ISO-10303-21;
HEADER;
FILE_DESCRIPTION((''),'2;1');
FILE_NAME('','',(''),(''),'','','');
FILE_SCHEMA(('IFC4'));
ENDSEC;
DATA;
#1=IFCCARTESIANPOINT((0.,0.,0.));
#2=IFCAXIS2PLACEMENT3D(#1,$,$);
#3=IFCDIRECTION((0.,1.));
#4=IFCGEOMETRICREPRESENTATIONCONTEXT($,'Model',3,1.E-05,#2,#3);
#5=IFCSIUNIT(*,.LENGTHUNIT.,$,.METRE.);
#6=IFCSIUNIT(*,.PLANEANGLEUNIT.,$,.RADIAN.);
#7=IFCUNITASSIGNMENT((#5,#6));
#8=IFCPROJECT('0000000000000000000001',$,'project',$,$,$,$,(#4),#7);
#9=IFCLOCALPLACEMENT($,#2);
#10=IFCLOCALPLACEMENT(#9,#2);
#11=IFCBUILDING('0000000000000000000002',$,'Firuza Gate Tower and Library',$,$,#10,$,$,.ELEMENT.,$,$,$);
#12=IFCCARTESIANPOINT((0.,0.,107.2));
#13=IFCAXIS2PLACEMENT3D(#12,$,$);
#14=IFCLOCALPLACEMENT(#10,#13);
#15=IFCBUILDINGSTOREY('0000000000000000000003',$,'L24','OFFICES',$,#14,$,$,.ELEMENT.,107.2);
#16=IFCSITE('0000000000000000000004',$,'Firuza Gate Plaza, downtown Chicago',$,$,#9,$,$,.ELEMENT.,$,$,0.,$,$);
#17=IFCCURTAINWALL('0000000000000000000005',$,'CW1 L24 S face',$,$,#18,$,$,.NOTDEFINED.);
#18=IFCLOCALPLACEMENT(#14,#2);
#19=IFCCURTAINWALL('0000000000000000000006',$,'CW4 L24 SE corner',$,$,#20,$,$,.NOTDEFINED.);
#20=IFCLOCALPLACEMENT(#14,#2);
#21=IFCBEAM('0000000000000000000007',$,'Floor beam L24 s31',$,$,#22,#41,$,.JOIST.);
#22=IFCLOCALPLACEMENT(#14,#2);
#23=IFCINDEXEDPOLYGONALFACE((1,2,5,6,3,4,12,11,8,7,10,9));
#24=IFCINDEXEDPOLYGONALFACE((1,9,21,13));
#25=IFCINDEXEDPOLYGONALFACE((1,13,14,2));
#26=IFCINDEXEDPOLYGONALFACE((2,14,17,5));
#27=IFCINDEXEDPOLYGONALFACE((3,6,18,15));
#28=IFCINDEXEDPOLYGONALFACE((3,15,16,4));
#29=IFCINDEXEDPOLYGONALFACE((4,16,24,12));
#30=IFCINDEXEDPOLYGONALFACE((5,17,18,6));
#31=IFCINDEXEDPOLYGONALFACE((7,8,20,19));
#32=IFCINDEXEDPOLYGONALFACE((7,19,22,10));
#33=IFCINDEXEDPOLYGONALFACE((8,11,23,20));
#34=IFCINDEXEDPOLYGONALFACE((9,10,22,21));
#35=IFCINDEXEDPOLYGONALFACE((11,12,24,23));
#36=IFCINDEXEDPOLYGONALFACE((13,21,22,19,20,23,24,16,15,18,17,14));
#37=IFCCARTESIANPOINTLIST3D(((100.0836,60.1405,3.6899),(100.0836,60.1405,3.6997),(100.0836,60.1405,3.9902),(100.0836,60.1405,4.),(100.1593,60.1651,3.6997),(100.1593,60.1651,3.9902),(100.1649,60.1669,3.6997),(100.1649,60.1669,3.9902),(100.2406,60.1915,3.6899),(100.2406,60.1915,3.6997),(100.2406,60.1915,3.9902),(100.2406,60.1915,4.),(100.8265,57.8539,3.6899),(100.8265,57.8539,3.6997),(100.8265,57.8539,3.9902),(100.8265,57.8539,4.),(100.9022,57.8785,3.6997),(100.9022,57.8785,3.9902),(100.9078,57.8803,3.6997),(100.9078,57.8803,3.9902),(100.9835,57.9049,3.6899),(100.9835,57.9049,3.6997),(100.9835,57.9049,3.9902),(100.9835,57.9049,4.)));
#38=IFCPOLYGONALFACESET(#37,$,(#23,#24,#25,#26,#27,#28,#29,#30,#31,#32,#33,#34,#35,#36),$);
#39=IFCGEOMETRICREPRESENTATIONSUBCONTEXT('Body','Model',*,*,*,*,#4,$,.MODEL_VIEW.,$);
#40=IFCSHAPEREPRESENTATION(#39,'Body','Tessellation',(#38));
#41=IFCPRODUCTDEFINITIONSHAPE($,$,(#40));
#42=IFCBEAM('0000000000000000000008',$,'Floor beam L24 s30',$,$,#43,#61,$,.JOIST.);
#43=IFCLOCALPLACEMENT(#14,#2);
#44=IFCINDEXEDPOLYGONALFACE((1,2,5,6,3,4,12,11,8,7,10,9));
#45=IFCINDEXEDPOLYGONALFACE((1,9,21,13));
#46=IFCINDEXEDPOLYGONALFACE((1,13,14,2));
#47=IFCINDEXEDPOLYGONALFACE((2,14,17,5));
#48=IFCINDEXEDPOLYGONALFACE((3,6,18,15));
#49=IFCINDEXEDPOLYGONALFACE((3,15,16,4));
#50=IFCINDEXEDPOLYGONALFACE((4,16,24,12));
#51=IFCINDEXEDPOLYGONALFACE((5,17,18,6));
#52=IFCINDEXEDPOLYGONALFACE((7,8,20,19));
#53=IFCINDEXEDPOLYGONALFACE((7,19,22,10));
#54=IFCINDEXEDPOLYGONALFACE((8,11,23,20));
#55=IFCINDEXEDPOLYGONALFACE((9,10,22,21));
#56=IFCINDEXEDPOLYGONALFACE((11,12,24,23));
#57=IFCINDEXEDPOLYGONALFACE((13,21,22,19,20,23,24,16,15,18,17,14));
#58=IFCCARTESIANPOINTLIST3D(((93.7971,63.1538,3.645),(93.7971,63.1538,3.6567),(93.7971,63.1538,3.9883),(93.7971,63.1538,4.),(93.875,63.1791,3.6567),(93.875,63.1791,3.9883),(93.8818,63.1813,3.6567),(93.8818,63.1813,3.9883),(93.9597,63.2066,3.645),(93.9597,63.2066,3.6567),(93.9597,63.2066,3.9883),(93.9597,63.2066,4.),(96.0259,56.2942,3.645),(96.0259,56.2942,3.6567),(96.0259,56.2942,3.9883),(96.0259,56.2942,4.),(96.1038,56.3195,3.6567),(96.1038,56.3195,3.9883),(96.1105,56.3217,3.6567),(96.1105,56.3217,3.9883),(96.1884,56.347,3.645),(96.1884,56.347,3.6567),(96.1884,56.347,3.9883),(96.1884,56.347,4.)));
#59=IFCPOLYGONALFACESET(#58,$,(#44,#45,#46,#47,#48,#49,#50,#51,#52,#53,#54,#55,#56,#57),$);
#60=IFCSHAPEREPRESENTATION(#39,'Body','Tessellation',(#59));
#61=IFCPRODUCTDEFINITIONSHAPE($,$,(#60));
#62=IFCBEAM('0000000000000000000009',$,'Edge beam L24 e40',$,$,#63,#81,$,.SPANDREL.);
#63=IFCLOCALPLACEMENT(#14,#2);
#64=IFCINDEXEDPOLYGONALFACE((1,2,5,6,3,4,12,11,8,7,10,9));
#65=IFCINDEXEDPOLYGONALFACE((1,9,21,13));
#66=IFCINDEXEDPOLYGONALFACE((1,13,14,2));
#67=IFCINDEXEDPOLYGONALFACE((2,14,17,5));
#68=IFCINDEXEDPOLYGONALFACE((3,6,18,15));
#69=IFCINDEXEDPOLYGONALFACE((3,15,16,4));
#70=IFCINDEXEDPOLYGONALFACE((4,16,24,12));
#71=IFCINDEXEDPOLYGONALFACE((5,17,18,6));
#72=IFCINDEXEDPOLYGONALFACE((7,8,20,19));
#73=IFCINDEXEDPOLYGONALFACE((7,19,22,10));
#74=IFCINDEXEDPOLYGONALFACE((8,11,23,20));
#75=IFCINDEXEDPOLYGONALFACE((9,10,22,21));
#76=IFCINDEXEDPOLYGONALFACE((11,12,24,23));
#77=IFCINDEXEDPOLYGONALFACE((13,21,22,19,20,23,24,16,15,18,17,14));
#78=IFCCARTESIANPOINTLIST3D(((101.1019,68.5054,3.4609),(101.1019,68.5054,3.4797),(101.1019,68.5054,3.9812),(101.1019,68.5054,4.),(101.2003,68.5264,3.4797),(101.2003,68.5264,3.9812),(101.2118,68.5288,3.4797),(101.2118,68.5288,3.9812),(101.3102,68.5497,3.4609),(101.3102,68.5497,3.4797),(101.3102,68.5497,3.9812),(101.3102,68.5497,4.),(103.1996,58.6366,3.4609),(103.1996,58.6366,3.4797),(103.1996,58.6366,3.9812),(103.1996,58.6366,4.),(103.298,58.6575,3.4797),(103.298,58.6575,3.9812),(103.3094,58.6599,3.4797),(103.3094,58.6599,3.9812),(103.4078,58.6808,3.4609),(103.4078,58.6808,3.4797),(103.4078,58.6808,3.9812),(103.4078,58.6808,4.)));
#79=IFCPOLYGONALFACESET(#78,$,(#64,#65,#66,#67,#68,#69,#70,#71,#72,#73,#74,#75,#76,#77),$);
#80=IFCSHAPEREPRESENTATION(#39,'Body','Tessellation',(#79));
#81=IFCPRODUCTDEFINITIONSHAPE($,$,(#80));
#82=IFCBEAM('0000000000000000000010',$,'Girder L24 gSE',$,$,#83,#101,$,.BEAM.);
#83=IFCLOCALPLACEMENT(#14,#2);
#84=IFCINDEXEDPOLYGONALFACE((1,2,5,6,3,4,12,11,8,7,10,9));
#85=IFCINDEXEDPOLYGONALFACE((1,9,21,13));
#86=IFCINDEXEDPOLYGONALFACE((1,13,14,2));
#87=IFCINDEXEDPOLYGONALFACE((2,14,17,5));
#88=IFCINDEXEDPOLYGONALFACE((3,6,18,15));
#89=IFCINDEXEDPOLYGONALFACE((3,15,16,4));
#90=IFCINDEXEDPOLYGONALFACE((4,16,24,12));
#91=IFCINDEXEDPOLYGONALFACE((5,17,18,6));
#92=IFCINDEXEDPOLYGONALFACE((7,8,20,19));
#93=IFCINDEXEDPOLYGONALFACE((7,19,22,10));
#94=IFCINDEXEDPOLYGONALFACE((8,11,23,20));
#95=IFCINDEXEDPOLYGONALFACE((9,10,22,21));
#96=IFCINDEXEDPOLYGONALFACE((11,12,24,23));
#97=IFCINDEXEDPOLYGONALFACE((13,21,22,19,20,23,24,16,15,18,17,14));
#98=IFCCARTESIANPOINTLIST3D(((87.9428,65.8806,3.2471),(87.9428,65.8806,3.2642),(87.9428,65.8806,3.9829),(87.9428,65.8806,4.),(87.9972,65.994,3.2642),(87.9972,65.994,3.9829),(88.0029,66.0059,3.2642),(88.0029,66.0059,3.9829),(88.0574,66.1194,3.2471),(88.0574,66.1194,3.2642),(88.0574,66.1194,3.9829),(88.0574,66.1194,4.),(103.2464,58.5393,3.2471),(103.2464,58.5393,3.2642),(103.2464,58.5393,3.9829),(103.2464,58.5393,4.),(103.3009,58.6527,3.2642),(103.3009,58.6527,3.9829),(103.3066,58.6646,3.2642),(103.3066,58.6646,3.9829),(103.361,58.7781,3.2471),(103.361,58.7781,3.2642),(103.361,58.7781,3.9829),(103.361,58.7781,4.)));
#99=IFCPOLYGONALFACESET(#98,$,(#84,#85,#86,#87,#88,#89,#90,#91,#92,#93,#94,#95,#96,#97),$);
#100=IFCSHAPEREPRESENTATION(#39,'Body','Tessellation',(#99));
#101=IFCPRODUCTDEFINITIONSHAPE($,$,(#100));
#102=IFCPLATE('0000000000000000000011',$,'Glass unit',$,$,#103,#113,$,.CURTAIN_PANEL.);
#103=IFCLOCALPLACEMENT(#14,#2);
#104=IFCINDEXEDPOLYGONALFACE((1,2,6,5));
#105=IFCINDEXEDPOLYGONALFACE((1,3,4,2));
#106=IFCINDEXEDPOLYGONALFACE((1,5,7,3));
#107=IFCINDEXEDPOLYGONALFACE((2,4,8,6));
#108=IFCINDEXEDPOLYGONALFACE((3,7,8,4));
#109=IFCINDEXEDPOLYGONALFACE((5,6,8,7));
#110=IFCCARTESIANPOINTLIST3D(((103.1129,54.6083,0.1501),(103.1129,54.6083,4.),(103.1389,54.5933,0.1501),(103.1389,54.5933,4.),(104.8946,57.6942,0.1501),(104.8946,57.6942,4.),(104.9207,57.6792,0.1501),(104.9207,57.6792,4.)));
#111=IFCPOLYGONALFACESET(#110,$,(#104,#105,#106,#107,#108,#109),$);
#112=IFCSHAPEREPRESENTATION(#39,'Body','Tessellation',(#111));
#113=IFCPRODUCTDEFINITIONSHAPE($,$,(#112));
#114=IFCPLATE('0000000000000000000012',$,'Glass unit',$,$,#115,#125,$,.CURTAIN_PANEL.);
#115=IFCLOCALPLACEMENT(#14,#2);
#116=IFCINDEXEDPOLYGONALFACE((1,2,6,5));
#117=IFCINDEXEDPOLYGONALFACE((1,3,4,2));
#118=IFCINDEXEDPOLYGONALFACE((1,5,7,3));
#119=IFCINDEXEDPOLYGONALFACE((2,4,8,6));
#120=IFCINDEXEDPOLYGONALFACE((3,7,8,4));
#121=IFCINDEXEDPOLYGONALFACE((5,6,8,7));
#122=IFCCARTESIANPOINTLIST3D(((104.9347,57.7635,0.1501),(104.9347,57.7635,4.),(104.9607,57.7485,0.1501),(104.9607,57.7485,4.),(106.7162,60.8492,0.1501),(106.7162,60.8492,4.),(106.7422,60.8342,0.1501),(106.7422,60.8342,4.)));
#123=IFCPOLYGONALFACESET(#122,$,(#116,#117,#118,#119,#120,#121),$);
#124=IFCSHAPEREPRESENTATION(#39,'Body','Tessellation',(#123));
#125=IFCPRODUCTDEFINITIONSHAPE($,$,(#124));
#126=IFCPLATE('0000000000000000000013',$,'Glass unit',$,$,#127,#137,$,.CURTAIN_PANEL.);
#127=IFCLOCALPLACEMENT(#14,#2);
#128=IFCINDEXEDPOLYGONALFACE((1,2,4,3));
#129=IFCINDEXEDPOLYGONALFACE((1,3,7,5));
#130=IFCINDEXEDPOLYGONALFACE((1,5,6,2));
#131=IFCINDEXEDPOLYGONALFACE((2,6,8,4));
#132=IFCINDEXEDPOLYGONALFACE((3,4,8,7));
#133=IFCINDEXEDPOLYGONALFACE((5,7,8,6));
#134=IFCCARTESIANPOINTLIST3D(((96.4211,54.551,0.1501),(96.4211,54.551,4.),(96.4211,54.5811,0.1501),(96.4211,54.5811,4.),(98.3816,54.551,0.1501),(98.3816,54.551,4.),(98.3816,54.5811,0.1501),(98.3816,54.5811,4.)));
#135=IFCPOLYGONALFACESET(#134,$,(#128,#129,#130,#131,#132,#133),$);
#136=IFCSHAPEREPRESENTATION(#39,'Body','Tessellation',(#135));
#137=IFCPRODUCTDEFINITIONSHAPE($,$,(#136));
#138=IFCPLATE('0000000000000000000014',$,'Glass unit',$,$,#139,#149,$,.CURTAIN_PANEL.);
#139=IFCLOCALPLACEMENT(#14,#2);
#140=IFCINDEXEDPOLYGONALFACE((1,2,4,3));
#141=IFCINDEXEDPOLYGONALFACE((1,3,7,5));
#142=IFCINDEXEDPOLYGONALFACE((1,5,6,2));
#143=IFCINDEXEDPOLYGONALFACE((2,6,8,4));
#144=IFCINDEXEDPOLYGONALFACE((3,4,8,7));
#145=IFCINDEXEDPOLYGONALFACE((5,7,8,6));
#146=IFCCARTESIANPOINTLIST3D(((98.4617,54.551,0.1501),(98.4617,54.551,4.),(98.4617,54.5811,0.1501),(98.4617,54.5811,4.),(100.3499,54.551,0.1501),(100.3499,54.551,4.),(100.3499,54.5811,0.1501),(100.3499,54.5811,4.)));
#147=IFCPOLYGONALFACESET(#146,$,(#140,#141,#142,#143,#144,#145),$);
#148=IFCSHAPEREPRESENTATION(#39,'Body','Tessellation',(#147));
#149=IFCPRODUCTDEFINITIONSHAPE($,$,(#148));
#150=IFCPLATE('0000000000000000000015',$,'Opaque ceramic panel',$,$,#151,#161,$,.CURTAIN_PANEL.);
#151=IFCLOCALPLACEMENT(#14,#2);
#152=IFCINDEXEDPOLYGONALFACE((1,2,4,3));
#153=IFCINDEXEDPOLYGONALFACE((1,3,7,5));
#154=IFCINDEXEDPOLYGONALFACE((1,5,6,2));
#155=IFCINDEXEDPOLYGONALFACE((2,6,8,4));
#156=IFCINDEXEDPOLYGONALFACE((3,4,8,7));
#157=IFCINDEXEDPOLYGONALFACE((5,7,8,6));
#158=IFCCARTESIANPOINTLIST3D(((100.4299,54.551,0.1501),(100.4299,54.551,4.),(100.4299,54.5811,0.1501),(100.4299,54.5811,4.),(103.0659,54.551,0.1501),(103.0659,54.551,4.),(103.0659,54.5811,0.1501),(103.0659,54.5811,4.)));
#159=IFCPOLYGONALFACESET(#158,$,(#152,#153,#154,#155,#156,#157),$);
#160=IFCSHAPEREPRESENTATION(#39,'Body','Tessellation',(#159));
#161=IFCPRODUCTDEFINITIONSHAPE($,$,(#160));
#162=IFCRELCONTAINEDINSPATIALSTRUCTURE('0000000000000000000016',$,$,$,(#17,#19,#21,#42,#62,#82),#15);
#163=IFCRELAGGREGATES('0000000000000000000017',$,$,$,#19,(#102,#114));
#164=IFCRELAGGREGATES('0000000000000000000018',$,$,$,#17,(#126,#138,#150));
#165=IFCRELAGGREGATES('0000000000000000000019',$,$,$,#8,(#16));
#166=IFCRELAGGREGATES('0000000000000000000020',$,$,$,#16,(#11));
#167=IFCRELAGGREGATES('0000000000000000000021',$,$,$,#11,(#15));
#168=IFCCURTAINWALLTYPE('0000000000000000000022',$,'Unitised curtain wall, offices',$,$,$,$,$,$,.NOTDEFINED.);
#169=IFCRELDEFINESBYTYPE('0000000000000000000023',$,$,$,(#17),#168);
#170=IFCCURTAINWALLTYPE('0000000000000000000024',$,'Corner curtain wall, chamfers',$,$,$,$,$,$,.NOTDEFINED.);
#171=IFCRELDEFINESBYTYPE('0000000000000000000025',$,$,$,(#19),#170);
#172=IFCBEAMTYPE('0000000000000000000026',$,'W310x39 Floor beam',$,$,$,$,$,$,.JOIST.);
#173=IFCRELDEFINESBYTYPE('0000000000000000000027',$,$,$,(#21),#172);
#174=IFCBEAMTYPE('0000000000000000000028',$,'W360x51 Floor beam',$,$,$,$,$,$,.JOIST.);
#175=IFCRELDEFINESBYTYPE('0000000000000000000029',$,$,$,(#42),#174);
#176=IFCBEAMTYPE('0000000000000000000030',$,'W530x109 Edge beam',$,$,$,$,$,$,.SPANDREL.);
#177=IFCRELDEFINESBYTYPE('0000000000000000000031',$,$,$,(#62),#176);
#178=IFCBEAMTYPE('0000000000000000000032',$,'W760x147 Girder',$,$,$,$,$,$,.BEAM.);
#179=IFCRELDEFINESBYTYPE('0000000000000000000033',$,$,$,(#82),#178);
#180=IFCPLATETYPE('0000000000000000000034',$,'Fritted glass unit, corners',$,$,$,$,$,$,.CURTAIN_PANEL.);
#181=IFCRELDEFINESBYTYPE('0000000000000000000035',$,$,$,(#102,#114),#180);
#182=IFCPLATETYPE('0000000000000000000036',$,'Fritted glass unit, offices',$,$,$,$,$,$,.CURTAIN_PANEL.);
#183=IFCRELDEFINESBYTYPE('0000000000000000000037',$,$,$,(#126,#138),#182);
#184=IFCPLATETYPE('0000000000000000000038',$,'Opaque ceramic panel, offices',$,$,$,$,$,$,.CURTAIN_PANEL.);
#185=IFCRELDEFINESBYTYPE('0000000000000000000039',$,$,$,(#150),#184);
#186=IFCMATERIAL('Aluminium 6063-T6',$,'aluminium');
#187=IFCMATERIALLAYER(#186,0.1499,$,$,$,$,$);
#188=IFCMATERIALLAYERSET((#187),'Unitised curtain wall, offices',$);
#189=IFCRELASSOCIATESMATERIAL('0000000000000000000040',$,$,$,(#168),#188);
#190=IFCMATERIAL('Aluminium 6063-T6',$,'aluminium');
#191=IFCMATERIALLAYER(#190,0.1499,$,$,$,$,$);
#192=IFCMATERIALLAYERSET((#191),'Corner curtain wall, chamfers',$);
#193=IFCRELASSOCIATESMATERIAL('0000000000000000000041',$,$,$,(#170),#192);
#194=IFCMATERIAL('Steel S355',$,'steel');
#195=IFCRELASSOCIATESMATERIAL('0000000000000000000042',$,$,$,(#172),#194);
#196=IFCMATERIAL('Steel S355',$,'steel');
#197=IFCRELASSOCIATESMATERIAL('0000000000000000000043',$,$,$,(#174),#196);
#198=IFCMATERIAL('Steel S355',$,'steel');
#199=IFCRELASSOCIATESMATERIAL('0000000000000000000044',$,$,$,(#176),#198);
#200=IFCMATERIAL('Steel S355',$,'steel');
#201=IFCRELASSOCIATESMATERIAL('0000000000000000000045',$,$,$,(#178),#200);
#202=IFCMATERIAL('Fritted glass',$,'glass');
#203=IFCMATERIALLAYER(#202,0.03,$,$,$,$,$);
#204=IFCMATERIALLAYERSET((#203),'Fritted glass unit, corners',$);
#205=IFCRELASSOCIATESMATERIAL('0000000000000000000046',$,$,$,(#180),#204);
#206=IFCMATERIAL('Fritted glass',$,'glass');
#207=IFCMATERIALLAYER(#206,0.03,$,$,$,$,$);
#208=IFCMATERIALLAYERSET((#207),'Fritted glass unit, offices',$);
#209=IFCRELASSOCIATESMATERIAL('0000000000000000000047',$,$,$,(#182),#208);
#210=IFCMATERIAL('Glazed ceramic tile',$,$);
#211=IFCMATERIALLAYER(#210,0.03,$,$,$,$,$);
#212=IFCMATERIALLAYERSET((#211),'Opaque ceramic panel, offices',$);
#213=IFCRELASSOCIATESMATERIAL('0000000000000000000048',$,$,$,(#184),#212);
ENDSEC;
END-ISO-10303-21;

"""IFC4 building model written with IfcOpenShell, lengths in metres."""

from ifc_helpers import new_model, si_unit, direction, frame, origin, origin_2d, place, context, subcontext, project, spatial, polyline, i_section, outline, extrude, material, layer, layer_set, material_profile, profile_set, type_object, element, aggregate, save


model = new_model("IFC4")

# Units and contexts
model_context = context("Model", 3, precision=1e-05, world=origin(), true_north=direction((0.0, 1.0)))
body_context = subcontext(model_context, "Body", "Model", "MODEL_VIEW")
ifc_project = project(units=[si_unit("LENGTHUNIT", "METRE"), si_unit("PLANEANGLEUNIT", "RADIAN")], contexts=[model_context])

# Site, building, storey
site_placement = place(None, origin())
site = spatial("IfcSite", under=ifc_project, at=site_placement, Name="Firuza Gate Plaza, downtown Chicago", CompositionType="ELEMENT", RefElevation=0.0)
building_placement = place(site_placement, origin())
building = spatial("IfcBuilding", under=site, at=building_placement, Name="Firuza Gate Tower and Library", CompositionType="ELEMENT")
storey_placement = place(building_placement, frame((0.0, 0.0, 107.2)))
storey = spatial("IfcBuildingStorey", under=building, at=storey_placement, Name="L24", Description="OFFICES", CompositionType="ELEMENT", Elevation=107.2)

# Curtain walls
ifc_material_1 = material(Name="Aluminium 6063-T6", Category="aluminium")
ifc_layer_1 = layer(ifc_material_1, 0.1499)
ifc_layer_set_1 = layer_set([ifc_layer_1], Name="Unitised curtain wall, offices")
curtain_wall_type_1 = type_object("IfcCurtainWallType", Name="Unitised curtain wall, offices", PredefinedType="NOTDEFINED", material=ifc_layer_set_1)
placement = place(storey_placement, origin())
curtain_wall_1 = element("IfcCurtainWall", 1, at=placement, inside=storey, type_object=curtain_wall_type_1, Name="CW1 L24 S face", PredefinedType="NOTDEFINED")
ifc_material_2 = material(Name="Aluminium 6063-T6", Category="aluminium")
ifc_layer_2 = layer(ifc_material_2, 0.1499)
ifc_layer_set_2 = layer_set([ifc_layer_2], Name="Corner curtain wall, chamfers")
curtain_wall_type_2 = type_object("IfcCurtainWallType", Name="Corner curtain wall, chamfers", PredefinedType="NOTDEFINED", material=ifc_layer_set_2)
curtain_wall_2 = element("IfcCurtainWall", 2, at=placement, inside=storey, type_object=curtain_wall_type_2, Name="CW4 L24 SE corner", PredefinedType="NOTDEFINED")

# Beams
ifc_material_3 = material(Name="Steel S355", Category="steel")
ifc_material_profile_1 = material_profile(ifc_material_3, i_section(OverallWidth=0.165, OverallDepth=0.3101, WebThickness=0.0059, FlangeThickness=0.0098, at=origin_2d()))
ifc_profile_set_1 = profile_set([ifc_material_profile_1], Name="Steel S355")
beam_type_1 = type_object("IfcBeamType", Name="W310x39 Floor beam", PredefinedType="JOIST", material=ifc_profile_set_1)
beam_1_placement = place(storey_placement, frame((100.905, 57.8794, 3.845), z_axis=(-0.308999, 0.951062, 0.0), x_axis=(-0.951062, -0.308999, 0.0)))
element("IfcBeam", 3, at=beam_1_placement, inside=storey, type_object=beam_type_1, Name="Floor beam L24 s31", PredefinedType="JOIST", context=body_context, shape_type="SweptSolid", body=[
    extrude(i_section(OverallWidth=0.165, OverallDepth=0.3101, WebThickness=0.0059, FlangeThickness=0.0098, at=origin_2d()), origin(), (0.0, 0.0, 1.0), 2.4043),
])
ifc_material_4 = material(Name="Steel S355", Category="steel")
ifc_material_profile_2 = material_profile(ifc_material_4, i_section(OverallWidth=0.1709, OverallDepth=0.355, WebThickness=0.0071, FlangeThickness=0.0117, at=origin_2d()))
ifc_profile_set_2 = profile_set([ifc_material_profile_2], Name="Steel S355")
beam_type_2 = type_object("IfcBeamType", Name="W360x51 Floor beam", PredefinedType="JOIST", material=ifc_profile_set_2)
beam_2_placement = place(storey_placement, frame((96.1072, 56.3206, 3.8225), z_axis=(-0.309009, 0.951059, 0.0), x_axis=(-0.951059, -0.309009, 0.0)))
element("IfcBeam", 4, at=beam_2_placement, inside=storey, type_object=beam_type_2, Name="Floor beam L24 s30", PredefinedType="JOIST", context=body_context, shape_type="SweptSolid", body=[
    extrude(i_section(OverallWidth=0.1709, OverallDepth=0.355, WebThickness=0.0071, FlangeThickness=0.0117, at=origin_2d()), origin(), (0.0, 0.0, 1.0), 7.2126),
])
ifc_material_5 = material(Name="Steel S355", Category="steel")
ifc_material_profile_3 = material_profile(ifc_material_5, i_section(OverallWidth=0.2129, OverallDepth=0.5391, WebThickness=0.0117, FlangeThickness=0.0188, at=origin_2d()))
ifc_profile_set_3 = profile_set([ifc_material_profile_3], Name="Steel S355")
beam_type_3 = type_object("IfcBeamType", Name="W530x109 Edge beam", PredefinedType="SPANDREL", material=ifc_profile_set_3)
beam_3_placement = place(storey_placement, frame((103.3037, 58.6587, 3.7305), z_axis=(-0.207908, 0.978148, 0.0), x_axis=(-0.978148, -0.207908, 0.0)))
element("IfcBeam", 5, at=beam_3_placement, inside=storey, type_object=beam_type_3, Name="Edge beam L24 e40", PredefinedType="SPANDREL", context=body_context, shape_type="SweptSolid", body=[
    extrude(i_section(OverallWidth=0.2129, OverallDepth=0.5391, WebThickness=0.0117, FlangeThickness=0.0188, at=origin_2d()), origin(), (0.0, 0.0, 1.0), 10.0894),
])
ifc_material_6 = material(Name="Steel S355", Category="steel")
ifc_material_profile_4 = material_profile(ifc_material_6, i_section(OverallWidth=0.2649, OverallDepth=0.7529, WebThickness=0.0132, FlangeThickness=0.0171, at=origin_2d()))
ifc_profile_set_4 = profile_set([ifc_material_profile_4], Name="Steel S355")
beam_type_4 = type_object("IfcBeamType", Name="W760x147 Girder", PredefinedType="BEAM", material=ifc_profile_set_4)
beam_4_placement = place(storey_placement, frame((103.3037, 58.6587, 3.6235), z_axis=(-0.901626, 0.432517, 0.0), x_axis=(-0.432517, -0.901626, 0.0)))
element("IfcBeam", 6, at=beam_4_placement, inside=storey, type_object=beam_type_4, Name="Girder L24 gSE", PredefinedType="BEAM", context=body_context, shape_type="SweptSolid", body=[
    extrude(i_section(OverallWidth=0.2649, OverallDepth=0.7529, WebThickness=0.0132, FlangeThickness=0.0171, at=origin_2d()), origin(), (0.0, 0.0, 1.0), 16.9734),
])

# Plates
ifc_material_7 = material(Name="Fritted glass", Category="glass")
ifc_layer_3 = layer(ifc_material_7, 0.03)
ifc_layer_set_3 = layer_set([ifc_layer_3], Name="Fritted glass unit, corners")
plate_type_1 = type_object("IfcPlateType", Name="Fritted glass unit, corners", PredefinedType="CURTAIN_PANEL", material=ifc_layer_set_3)
plate_1_placement = place(storey_placement, frame((103.1389, 54.5933, 0.1501), z_axis=(0.866017, -0.500015, 0.0), x_axis=(0.500015, 0.866017, 0.0)))
plate_1 = element("IfcPlate", 7, at=plate_1_placement, type_object=plate_type_1, Name="Glass unit", PredefinedType="CURTAIN_PANEL", context=body_context, shape_type="SweptSolid", body=[
    extrude(outline(polyline([(0.0, 0.0), (3.5634, 0.0), (3.5634, 3.8499), (0.0, 3.8499), (0.0, 0.0)])), origin(), (0.0, 0.0, -1.0), 0.03),
])
plate_2_placement = place(storey_placement, frame((104.9607, 57.7485, 0.1501), z_axis=(0.866029, -0.499993, 0.0), x_axis=(0.499993, 0.866029, 0.0)))
plate_2 = element("IfcPlate", 8, at=plate_2_placement, type_object=plate_type_1, Name="Glass unit", PredefinedType="CURTAIN_PANEL", context=body_context, shape_type="SweptSolid", body=[
    extrude(outline(polyline([(0.0, 0.0), (3.563, 0.0), (3.563, 3.8499), (0.0, 3.8499), (0.0, 0.0)])), origin(), (0.0, 0.0, -1.0), 0.03),
])
aggregate(curtain_wall_2, [plate_1, plate_2])
ifc_material_8 = material(Name="Fritted glass", Category="glass")
ifc_layer_4 = layer(ifc_material_8, 0.03)
ifc_layer_set_4 = layer_set([ifc_layer_4], Name="Fritted glass unit, offices")
plate_type_2 = type_object("IfcPlateType", Name="Fritted glass unit, offices", PredefinedType="CURTAIN_PANEL", material=ifc_layer_set_4)
plate_3_placement = place(storey_placement, frame((96.4211, 54.551, 0.1501), z_axis=(0.0, -1.0, 0.0), x_axis=(1.0, 0.0, 0.0)))
plate_3 = element("IfcPlate", 9, at=plate_3_placement, type_object=plate_type_2, Name="Glass unit", PredefinedType="CURTAIN_PANEL", context=body_context, shape_type="SweptSolid", body=[
    extrude(outline(polyline([(0.0, 0.0), (1.9604, 0.0), (1.9604, 3.8499), (0.0, 3.8499), (0.0, 0.0)])), origin(), (0.0, 0.0, -1.0), 0.03),
])
plate_4_placement = place(storey_placement, frame((98.4617, 54.551, 0.1501), z_axis=(0.0, -1.0, 0.0), x_axis=(1.0, 0.0, 0.0)))
plate_4 = element("IfcPlate", 10, at=plate_4_placement, type_object=plate_type_2, Name="Glass unit", PredefinedType="CURTAIN_PANEL", context=body_context, shape_type="SweptSolid", body=[
    extrude(outline(polyline([(0.0, 0.0), (1.8882, 0.0), (1.8882, 3.8499), (0.0, 3.8499), (0.0, 0.0)])), origin(), (0.0, 0.0, -1.0), 0.03),
])
ifc_material_9 = material(Name="Glazed ceramic tile")
ifc_layer_5 = layer(ifc_material_9, 0.03)
ifc_layer_set_5 = layer_set([ifc_layer_5], Name="Opaque ceramic panel, offices")
plate_type_3 = type_object("IfcPlateType", Name="Opaque ceramic panel, offices", PredefinedType="CURTAIN_PANEL", material=ifc_layer_set_5)
plate_5_placement = place(storey_placement, frame((100.4299, 54.551, 0.1501), z_axis=(0.0, -1.0, 0.0), x_axis=(1.0, 0.0, 0.0)))
plate_5 = element("IfcPlate", 11, at=plate_5_placement, type_object=plate_type_3, Name="Opaque ceramic panel", PredefinedType="CURTAIN_PANEL", context=body_context, shape_type="SweptSolid", body=[
    extrude(outline(polyline([(0.0, 0.0), (2.636, 0.0), (2.636, 3.8499), (0.0, 3.8499), (0.0, 0.0)])), origin(), (0.0, 0.0, -1.0), 0.03),
])
aggregate(curtain_wall_1, [plate_3, plate_4, plate_5])

save(model, "model.ifc")
